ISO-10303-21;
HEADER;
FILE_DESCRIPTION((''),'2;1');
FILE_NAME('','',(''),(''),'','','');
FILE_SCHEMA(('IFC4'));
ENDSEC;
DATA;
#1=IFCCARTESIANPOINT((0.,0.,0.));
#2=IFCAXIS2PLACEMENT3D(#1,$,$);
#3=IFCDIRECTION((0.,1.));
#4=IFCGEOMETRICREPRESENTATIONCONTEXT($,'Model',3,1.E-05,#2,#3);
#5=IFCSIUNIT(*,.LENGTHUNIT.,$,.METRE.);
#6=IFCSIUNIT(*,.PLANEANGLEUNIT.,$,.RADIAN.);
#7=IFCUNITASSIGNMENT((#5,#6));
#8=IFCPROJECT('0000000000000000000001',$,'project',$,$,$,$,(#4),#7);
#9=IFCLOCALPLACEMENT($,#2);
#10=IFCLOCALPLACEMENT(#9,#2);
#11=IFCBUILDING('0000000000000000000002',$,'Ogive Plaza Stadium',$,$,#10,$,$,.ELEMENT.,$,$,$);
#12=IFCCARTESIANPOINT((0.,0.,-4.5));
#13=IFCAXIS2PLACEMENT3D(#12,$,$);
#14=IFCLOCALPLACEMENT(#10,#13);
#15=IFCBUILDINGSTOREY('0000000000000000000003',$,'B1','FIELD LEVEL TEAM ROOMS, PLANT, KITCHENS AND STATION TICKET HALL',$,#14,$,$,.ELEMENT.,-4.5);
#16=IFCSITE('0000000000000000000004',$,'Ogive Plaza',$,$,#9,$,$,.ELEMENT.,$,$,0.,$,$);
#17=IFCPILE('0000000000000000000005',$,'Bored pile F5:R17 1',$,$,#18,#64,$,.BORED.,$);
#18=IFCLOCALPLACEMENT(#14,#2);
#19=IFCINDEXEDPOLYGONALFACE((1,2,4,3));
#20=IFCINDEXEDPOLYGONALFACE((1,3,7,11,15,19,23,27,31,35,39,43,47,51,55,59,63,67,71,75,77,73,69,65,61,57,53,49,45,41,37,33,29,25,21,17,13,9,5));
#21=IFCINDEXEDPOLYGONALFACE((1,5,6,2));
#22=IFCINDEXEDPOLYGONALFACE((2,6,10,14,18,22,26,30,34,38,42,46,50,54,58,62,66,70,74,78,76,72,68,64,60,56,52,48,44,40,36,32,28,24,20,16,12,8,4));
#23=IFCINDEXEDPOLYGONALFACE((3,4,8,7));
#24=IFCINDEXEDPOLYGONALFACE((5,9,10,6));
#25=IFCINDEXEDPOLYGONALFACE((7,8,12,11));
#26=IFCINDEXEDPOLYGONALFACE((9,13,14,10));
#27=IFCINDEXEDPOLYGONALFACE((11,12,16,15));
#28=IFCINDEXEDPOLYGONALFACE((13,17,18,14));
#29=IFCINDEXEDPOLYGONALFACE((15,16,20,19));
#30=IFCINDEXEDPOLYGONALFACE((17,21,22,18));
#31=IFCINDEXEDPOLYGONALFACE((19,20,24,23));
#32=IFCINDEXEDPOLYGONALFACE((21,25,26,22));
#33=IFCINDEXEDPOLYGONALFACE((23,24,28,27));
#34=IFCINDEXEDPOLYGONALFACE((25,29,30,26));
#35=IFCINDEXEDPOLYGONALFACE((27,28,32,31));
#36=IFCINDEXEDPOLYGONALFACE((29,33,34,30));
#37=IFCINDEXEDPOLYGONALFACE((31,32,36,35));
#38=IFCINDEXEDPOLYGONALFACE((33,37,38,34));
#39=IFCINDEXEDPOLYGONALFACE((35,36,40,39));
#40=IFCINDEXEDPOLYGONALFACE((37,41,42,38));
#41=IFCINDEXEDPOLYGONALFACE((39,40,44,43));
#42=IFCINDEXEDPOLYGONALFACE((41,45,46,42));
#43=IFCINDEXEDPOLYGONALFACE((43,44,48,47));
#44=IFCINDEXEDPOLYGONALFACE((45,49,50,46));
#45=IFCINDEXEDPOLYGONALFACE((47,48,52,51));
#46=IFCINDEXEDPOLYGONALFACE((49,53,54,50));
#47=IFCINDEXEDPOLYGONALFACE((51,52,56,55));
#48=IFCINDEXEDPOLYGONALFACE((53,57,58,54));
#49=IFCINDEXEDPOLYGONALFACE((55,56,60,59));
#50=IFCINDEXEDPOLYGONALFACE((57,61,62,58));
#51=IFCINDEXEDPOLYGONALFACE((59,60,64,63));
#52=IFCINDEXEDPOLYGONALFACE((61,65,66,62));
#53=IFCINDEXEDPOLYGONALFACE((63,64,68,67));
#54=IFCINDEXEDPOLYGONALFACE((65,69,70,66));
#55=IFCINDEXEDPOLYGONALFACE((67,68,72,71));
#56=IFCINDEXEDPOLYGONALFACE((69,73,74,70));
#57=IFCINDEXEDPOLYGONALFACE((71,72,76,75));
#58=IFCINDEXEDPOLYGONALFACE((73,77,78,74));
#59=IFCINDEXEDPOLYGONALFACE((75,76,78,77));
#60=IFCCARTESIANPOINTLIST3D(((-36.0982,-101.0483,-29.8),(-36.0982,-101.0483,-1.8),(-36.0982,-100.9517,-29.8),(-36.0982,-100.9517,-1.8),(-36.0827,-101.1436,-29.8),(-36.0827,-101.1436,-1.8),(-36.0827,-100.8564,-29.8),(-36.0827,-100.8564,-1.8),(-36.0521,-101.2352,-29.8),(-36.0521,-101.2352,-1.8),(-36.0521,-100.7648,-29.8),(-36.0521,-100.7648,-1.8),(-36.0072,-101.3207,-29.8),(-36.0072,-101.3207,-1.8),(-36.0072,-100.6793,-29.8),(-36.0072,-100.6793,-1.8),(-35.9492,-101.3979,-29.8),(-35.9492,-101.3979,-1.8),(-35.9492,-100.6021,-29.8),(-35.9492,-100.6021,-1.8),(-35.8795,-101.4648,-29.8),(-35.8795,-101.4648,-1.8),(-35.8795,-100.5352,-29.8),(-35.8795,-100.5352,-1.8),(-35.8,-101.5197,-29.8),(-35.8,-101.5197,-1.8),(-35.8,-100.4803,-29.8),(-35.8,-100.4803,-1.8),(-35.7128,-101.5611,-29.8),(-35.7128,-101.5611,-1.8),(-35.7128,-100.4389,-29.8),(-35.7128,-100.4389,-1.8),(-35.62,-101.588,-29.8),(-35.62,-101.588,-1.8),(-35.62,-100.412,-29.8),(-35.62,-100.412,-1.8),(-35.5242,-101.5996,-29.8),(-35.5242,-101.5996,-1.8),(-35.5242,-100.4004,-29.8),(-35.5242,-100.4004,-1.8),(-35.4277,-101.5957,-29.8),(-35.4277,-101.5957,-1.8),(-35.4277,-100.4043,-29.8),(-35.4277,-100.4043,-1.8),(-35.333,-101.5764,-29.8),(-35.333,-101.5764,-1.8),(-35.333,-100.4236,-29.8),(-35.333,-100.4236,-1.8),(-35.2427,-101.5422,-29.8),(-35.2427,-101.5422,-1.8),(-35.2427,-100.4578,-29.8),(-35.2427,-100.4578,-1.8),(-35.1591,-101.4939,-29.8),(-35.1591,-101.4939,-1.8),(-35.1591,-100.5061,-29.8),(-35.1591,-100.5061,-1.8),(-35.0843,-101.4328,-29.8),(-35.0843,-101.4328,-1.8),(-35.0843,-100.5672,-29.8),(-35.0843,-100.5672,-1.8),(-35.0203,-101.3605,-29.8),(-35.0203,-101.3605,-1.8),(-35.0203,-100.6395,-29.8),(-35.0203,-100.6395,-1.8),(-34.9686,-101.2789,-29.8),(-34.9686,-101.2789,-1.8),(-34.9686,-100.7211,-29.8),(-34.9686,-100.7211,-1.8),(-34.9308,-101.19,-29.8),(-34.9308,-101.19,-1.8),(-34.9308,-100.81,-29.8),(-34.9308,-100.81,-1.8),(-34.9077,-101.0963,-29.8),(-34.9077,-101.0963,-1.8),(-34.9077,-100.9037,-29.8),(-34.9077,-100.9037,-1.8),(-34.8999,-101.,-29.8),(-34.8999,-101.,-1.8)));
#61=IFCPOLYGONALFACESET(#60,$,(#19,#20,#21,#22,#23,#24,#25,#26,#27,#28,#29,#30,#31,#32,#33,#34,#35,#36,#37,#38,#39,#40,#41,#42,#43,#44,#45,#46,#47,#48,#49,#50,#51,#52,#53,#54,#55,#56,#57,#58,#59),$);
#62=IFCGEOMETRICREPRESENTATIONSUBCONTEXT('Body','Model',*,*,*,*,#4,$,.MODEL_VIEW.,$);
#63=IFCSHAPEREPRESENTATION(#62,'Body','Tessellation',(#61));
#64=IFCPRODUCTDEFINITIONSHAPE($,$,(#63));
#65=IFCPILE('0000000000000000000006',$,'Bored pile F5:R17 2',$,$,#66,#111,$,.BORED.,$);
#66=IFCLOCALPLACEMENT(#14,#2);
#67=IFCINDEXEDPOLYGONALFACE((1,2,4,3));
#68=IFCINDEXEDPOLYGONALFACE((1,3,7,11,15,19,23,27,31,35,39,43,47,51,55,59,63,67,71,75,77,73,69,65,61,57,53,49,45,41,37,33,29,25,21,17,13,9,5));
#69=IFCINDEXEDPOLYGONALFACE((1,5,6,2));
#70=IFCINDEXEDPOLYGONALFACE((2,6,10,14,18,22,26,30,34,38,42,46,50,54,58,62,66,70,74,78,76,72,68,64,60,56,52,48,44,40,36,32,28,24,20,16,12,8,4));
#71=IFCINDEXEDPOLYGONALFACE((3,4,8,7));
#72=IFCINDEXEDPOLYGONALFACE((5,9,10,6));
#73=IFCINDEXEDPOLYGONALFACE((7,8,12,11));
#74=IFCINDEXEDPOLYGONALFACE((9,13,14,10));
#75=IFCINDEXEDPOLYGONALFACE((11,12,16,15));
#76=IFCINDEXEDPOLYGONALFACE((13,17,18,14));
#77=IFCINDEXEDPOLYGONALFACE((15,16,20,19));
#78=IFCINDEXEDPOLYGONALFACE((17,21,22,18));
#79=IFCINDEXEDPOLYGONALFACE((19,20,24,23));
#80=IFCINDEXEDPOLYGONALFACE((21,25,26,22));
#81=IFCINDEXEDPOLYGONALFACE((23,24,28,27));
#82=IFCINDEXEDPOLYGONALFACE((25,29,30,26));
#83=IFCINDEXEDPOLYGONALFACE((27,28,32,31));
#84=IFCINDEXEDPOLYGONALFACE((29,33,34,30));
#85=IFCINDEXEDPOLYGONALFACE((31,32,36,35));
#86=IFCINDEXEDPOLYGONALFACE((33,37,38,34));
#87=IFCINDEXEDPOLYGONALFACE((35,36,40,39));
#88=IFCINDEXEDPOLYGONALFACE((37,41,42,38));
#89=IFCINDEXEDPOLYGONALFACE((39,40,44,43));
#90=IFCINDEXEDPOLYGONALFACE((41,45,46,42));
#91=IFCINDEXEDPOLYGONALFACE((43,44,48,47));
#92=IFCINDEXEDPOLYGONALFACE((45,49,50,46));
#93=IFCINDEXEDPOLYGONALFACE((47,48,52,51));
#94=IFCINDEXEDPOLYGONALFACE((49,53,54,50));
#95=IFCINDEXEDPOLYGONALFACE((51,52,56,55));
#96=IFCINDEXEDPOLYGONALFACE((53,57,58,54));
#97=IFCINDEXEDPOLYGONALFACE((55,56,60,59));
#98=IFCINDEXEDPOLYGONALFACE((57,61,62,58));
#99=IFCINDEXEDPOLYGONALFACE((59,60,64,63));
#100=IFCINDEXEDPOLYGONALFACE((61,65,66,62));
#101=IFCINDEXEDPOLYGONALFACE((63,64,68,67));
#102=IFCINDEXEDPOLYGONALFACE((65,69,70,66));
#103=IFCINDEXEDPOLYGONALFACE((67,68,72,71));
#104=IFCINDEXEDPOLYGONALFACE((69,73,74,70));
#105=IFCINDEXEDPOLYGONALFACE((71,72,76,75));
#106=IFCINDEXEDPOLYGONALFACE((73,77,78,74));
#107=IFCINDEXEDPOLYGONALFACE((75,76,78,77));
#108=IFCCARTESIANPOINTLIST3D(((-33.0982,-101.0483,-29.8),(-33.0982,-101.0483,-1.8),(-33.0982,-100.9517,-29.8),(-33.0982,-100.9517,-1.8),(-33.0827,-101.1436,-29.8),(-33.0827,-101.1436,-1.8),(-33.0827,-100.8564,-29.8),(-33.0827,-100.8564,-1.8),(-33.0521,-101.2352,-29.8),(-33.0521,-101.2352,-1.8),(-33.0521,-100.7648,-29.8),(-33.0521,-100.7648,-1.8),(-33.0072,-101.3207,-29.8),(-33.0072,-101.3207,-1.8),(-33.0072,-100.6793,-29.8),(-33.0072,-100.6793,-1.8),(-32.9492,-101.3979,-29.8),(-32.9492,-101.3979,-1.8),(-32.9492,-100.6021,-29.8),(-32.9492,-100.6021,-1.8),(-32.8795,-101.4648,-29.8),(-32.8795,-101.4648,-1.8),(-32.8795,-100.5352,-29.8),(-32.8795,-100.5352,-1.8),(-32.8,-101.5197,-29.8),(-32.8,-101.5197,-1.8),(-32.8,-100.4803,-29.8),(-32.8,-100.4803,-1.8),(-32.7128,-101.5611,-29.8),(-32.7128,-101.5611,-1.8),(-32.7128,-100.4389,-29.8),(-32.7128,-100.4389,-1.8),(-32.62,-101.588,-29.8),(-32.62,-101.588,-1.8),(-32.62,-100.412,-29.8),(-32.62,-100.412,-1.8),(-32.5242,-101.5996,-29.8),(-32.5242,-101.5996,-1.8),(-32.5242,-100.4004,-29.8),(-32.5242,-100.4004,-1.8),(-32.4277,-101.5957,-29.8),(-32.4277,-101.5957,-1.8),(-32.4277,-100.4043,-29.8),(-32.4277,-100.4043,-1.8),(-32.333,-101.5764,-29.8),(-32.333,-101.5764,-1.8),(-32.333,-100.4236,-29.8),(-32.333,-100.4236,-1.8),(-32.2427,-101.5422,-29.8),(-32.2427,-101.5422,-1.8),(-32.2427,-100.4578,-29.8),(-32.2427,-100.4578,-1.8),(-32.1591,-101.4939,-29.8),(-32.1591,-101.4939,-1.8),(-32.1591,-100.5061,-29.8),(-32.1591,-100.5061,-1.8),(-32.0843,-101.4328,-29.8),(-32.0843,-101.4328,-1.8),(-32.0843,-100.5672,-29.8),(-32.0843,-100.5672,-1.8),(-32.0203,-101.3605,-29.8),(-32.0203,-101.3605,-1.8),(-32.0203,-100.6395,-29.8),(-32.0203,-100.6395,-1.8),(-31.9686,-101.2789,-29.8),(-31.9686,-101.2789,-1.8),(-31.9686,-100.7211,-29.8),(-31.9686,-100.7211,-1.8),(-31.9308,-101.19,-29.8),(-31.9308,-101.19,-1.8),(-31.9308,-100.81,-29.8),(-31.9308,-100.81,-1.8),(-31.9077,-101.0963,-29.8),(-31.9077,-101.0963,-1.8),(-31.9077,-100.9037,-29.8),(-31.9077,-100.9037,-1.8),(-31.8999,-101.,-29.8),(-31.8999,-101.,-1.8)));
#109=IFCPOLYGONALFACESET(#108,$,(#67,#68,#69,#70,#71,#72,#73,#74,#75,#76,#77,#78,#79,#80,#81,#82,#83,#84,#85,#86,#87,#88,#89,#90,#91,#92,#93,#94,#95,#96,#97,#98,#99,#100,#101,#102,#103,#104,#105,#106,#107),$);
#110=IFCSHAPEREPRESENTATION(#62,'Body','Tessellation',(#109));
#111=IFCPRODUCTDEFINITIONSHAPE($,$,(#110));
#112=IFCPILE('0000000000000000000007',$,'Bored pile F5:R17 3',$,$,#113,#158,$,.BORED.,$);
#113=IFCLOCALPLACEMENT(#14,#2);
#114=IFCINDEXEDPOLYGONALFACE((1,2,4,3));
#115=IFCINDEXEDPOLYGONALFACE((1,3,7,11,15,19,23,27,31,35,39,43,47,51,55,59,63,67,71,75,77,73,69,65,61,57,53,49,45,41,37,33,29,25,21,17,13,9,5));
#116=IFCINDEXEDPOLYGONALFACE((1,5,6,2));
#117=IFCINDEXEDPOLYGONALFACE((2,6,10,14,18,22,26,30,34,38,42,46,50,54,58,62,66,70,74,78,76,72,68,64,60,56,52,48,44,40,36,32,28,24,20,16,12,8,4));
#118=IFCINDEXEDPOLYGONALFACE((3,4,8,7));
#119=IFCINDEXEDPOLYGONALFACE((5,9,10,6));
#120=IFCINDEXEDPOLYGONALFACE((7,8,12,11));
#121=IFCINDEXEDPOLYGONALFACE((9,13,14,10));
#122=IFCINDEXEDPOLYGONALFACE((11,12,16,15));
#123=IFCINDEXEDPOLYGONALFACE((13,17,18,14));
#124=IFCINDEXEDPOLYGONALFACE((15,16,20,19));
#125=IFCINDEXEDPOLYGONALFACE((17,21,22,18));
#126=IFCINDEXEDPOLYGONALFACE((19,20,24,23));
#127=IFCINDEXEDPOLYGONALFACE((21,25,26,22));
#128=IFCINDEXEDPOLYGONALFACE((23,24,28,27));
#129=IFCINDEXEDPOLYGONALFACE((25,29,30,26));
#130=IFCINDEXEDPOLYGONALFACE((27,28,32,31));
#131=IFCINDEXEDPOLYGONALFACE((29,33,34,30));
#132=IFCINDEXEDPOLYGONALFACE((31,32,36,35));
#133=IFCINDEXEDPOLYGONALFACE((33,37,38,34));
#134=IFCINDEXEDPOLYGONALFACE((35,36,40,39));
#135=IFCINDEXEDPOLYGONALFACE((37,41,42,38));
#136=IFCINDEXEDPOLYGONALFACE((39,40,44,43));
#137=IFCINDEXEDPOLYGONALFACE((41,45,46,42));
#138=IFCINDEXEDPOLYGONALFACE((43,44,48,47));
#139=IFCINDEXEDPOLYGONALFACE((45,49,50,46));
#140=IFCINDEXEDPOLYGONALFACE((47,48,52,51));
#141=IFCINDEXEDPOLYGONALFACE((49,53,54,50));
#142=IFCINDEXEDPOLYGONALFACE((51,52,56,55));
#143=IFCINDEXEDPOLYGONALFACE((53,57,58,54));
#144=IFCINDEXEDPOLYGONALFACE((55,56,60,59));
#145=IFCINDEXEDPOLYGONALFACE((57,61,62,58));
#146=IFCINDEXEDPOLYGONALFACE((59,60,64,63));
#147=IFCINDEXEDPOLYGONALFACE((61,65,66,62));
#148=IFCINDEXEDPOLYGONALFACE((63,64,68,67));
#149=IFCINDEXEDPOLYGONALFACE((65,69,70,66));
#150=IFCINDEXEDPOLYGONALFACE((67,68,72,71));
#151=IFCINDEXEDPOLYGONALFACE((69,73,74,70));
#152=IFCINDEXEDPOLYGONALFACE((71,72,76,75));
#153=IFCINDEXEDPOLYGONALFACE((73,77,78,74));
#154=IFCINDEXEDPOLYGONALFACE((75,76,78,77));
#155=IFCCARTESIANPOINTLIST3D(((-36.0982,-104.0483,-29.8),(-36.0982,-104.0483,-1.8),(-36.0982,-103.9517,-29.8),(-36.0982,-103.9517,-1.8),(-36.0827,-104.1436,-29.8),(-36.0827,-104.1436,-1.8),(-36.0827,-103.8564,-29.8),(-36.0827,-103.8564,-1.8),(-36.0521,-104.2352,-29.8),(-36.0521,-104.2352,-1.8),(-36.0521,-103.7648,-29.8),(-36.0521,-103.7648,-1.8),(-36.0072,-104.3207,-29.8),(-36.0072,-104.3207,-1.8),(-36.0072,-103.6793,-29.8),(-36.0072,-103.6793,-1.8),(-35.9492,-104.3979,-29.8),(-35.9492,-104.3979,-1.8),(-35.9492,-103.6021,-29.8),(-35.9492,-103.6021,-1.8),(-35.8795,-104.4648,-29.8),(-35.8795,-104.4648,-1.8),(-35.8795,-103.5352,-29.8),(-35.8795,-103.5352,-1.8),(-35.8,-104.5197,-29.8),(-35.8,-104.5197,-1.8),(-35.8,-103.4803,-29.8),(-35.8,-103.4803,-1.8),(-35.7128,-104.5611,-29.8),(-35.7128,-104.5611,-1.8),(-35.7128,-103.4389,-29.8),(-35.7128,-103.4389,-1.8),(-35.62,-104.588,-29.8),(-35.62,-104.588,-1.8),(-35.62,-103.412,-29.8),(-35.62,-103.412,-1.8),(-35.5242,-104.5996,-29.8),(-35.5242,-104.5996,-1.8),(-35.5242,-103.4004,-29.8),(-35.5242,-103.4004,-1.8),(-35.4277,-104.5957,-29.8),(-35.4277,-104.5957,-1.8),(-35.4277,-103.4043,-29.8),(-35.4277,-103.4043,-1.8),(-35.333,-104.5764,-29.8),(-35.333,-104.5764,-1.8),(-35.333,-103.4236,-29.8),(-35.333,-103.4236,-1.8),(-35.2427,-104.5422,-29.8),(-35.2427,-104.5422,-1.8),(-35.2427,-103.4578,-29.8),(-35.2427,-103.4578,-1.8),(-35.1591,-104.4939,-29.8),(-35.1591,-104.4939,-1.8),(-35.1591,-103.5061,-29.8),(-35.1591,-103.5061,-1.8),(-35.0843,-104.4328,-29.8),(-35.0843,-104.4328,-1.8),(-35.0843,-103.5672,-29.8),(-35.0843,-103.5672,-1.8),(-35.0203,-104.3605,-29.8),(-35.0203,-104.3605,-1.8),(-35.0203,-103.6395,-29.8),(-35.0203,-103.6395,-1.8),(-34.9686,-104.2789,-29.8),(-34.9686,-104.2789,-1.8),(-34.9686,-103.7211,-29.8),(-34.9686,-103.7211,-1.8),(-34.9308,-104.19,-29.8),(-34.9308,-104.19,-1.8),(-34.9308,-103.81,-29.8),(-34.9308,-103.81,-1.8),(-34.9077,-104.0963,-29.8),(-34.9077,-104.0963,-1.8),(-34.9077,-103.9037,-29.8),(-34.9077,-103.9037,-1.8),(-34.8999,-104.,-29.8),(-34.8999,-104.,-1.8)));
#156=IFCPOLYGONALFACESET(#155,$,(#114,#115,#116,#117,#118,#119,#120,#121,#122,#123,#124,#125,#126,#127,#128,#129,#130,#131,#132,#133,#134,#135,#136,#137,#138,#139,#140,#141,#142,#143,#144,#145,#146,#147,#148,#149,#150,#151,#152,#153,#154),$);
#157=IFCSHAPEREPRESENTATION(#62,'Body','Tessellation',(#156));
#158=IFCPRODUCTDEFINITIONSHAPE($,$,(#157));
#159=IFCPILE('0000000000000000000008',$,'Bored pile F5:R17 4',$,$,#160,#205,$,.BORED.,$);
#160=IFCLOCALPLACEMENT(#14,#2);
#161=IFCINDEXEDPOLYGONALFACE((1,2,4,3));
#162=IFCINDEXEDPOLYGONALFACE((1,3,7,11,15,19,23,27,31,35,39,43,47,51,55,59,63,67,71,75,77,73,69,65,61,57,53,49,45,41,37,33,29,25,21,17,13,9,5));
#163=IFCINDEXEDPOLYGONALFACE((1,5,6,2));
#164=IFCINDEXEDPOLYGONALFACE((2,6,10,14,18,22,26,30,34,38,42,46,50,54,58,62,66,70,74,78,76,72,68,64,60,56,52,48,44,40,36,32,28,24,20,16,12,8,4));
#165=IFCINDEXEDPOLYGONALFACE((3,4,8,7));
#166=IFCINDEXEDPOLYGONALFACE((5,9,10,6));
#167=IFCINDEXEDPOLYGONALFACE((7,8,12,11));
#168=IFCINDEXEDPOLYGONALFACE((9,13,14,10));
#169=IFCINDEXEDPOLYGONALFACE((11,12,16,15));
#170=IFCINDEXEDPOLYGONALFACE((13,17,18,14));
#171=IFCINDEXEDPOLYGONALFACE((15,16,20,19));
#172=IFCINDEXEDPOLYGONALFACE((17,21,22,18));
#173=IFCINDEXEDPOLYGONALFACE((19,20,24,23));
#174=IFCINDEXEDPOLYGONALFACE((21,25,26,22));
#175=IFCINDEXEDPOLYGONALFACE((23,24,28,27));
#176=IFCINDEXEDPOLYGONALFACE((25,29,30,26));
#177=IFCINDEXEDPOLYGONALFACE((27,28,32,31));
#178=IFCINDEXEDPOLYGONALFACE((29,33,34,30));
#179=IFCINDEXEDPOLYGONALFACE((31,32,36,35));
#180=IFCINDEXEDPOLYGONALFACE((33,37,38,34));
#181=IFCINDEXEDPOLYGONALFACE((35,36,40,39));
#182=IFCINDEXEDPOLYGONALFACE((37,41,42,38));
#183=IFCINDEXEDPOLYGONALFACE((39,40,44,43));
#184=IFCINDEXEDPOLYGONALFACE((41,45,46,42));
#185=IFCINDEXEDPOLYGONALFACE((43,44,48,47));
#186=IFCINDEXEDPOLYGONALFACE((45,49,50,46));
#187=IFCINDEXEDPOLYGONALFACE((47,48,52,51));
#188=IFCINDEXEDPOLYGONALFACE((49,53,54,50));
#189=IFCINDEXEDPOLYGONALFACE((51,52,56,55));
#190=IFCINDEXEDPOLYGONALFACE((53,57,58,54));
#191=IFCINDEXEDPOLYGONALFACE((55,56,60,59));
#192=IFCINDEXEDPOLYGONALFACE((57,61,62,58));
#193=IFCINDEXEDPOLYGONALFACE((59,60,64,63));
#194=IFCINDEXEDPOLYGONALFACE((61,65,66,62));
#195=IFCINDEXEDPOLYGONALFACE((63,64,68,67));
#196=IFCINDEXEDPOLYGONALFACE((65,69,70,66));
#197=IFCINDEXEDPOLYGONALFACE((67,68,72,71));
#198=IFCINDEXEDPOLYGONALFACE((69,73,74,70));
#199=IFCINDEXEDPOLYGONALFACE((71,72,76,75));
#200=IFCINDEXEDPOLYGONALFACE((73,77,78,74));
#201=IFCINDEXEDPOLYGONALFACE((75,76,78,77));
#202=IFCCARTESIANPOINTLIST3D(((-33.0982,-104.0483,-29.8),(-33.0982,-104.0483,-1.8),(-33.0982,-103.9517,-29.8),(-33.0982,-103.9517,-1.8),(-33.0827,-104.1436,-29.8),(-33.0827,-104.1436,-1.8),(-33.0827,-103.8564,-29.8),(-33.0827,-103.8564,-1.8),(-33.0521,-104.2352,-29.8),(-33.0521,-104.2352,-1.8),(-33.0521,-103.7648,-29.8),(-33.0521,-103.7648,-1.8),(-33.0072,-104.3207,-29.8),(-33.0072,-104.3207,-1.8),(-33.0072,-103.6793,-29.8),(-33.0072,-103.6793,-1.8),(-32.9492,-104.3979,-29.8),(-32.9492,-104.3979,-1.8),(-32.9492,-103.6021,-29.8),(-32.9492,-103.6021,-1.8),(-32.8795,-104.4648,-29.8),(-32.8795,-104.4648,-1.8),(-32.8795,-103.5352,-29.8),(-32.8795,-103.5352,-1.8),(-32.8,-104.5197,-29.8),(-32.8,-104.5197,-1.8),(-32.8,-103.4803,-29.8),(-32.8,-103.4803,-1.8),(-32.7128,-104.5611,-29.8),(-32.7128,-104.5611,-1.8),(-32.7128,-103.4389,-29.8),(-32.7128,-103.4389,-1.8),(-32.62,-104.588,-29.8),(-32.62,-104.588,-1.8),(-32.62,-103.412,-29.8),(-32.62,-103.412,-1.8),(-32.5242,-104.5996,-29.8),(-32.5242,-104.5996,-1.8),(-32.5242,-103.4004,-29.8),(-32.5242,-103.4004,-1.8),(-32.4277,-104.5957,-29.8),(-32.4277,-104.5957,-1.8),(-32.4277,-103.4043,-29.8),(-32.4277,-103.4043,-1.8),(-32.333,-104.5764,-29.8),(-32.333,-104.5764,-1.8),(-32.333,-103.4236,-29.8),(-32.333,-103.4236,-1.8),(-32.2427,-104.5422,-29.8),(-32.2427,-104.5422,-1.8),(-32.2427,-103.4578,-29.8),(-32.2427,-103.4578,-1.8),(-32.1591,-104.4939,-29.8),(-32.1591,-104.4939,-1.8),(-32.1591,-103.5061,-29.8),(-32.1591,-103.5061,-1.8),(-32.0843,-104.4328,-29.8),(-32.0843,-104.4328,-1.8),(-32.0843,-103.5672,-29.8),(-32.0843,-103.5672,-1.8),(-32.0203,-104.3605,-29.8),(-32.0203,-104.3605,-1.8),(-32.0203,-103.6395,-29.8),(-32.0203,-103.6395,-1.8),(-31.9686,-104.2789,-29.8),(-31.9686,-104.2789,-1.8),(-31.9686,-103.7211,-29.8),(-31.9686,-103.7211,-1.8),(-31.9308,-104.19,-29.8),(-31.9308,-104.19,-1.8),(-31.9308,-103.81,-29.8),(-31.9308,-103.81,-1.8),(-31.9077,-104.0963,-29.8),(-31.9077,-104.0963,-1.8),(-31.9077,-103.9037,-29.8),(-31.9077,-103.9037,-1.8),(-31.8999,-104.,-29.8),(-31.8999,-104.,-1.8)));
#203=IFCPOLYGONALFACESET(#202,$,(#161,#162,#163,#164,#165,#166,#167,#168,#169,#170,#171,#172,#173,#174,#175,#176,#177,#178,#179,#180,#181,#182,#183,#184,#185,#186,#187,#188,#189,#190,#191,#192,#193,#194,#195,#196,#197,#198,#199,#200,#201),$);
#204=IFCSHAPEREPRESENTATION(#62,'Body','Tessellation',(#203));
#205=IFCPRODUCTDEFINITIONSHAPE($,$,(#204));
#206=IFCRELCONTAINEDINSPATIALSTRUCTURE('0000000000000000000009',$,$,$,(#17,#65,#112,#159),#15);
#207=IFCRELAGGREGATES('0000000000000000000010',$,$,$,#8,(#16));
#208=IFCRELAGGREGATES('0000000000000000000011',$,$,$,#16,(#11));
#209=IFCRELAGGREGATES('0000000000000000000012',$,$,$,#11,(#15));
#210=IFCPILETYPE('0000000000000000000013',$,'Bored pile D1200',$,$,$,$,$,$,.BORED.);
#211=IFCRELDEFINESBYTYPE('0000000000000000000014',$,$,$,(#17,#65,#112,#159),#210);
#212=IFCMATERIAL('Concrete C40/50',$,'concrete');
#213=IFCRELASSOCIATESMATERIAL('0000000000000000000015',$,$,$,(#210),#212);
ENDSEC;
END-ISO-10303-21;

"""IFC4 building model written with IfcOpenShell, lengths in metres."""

from ifc_helpers import new_model, si_unit, direction, frame, origin, origin_2d, place, context, subcontext, project, spatial, circle, extrude, material, material_profile, profile_set, type_object, element, save


model = new_model("IFC4")

# Units and contexts
model_context = context("Model", 3, precision=1e-05, world=origin(), true_north=direction((0.0, 1.0)))
body_context = subcontext(model_context, "Body", "Model", "MODEL_VIEW")
ifc_project = project(units=[si_unit("LENGTHUNIT", "METRE"), si_unit("PLANEANGLEUNIT", "RADIAN")], contexts=[model_context])

# Site, building, storey
site_placement = place(None, origin())
site = spatial("IfcSite", under=ifc_project, at=site_placement, Name="Ogive Plaza", CompositionType="ELEMENT", RefElevation=0.0)
building_placement = place(site_placement, origin())
building = spatial("IfcBuilding", under=site, at=building_placement, Name="Ogive Plaza Stadium", CompositionType="ELEMENT")
storey_placement = place(building_placement, frame((0.0, 0.0, -4.5)))
storey = spatial("IfcBuildingStorey", under=building, at=storey_placement, Name="B1", Description="FIELD LEVEL TEAM ROOMS, PLANT, KITCHENS AND STATION TICKET HALL", CompositionType="ELEMENT", Elevation=-4.5)

# Piles
ifc_material_1 = material(Name="Concrete C40/50", Category="concrete")
ifc_material_profile_1 = material_profile(ifc_material_1, circle(Radius=0.6001, at=origin_2d()), Name="RC D1200")
ifc_profile_set_1 = profile_set([ifc_material_profile_1], Name="Concrete C40/50")
pile_type_1 = type_object("IfcPileType", Name="Bored pile D1200", PredefinedType="BORED", material=ifc_profile_set_1)
for number, where, z_axis, x_axis, name in (
    (1, (-35.5, -101.0, -1.8), (0.0, 0.0, -1.0), (1.0, 0.0, 0.0), "Bored pile F5:R17 1"),
    (2, (-32.5, -101.0, -1.8), (0.0, 0.0, -1.0), (1.0, 0.0, 0.0), "Bored pile F5:R17 2"),
    (3, (-35.5, -104.0, -1.8), (0.0, 0.0, -1.0), (1.0, 0.0, 0.0), "Bored pile F5:R17 3"),
    (4, (-32.5, -104.0, -1.8), (0.0, 0.0, -1.0), (1.0, 0.0, 0.0), "Bored pile F5:R17 4"),
):
    element("IfcPile", number, at=place(storey_placement, frame(where, z_axis=z_axis, x_axis=x_axis)), inside=storey, type_object=pile_type_1, Name=name, PredefinedType="BORED", context=body_context, shape_type="SweptSolid", body=[
        extrude(circle(Radius=0.6001, at=origin_2d()), origin(), (0.0, 0.0, 1.0), 28.0),
    ])

save(model, "model.ifc")
